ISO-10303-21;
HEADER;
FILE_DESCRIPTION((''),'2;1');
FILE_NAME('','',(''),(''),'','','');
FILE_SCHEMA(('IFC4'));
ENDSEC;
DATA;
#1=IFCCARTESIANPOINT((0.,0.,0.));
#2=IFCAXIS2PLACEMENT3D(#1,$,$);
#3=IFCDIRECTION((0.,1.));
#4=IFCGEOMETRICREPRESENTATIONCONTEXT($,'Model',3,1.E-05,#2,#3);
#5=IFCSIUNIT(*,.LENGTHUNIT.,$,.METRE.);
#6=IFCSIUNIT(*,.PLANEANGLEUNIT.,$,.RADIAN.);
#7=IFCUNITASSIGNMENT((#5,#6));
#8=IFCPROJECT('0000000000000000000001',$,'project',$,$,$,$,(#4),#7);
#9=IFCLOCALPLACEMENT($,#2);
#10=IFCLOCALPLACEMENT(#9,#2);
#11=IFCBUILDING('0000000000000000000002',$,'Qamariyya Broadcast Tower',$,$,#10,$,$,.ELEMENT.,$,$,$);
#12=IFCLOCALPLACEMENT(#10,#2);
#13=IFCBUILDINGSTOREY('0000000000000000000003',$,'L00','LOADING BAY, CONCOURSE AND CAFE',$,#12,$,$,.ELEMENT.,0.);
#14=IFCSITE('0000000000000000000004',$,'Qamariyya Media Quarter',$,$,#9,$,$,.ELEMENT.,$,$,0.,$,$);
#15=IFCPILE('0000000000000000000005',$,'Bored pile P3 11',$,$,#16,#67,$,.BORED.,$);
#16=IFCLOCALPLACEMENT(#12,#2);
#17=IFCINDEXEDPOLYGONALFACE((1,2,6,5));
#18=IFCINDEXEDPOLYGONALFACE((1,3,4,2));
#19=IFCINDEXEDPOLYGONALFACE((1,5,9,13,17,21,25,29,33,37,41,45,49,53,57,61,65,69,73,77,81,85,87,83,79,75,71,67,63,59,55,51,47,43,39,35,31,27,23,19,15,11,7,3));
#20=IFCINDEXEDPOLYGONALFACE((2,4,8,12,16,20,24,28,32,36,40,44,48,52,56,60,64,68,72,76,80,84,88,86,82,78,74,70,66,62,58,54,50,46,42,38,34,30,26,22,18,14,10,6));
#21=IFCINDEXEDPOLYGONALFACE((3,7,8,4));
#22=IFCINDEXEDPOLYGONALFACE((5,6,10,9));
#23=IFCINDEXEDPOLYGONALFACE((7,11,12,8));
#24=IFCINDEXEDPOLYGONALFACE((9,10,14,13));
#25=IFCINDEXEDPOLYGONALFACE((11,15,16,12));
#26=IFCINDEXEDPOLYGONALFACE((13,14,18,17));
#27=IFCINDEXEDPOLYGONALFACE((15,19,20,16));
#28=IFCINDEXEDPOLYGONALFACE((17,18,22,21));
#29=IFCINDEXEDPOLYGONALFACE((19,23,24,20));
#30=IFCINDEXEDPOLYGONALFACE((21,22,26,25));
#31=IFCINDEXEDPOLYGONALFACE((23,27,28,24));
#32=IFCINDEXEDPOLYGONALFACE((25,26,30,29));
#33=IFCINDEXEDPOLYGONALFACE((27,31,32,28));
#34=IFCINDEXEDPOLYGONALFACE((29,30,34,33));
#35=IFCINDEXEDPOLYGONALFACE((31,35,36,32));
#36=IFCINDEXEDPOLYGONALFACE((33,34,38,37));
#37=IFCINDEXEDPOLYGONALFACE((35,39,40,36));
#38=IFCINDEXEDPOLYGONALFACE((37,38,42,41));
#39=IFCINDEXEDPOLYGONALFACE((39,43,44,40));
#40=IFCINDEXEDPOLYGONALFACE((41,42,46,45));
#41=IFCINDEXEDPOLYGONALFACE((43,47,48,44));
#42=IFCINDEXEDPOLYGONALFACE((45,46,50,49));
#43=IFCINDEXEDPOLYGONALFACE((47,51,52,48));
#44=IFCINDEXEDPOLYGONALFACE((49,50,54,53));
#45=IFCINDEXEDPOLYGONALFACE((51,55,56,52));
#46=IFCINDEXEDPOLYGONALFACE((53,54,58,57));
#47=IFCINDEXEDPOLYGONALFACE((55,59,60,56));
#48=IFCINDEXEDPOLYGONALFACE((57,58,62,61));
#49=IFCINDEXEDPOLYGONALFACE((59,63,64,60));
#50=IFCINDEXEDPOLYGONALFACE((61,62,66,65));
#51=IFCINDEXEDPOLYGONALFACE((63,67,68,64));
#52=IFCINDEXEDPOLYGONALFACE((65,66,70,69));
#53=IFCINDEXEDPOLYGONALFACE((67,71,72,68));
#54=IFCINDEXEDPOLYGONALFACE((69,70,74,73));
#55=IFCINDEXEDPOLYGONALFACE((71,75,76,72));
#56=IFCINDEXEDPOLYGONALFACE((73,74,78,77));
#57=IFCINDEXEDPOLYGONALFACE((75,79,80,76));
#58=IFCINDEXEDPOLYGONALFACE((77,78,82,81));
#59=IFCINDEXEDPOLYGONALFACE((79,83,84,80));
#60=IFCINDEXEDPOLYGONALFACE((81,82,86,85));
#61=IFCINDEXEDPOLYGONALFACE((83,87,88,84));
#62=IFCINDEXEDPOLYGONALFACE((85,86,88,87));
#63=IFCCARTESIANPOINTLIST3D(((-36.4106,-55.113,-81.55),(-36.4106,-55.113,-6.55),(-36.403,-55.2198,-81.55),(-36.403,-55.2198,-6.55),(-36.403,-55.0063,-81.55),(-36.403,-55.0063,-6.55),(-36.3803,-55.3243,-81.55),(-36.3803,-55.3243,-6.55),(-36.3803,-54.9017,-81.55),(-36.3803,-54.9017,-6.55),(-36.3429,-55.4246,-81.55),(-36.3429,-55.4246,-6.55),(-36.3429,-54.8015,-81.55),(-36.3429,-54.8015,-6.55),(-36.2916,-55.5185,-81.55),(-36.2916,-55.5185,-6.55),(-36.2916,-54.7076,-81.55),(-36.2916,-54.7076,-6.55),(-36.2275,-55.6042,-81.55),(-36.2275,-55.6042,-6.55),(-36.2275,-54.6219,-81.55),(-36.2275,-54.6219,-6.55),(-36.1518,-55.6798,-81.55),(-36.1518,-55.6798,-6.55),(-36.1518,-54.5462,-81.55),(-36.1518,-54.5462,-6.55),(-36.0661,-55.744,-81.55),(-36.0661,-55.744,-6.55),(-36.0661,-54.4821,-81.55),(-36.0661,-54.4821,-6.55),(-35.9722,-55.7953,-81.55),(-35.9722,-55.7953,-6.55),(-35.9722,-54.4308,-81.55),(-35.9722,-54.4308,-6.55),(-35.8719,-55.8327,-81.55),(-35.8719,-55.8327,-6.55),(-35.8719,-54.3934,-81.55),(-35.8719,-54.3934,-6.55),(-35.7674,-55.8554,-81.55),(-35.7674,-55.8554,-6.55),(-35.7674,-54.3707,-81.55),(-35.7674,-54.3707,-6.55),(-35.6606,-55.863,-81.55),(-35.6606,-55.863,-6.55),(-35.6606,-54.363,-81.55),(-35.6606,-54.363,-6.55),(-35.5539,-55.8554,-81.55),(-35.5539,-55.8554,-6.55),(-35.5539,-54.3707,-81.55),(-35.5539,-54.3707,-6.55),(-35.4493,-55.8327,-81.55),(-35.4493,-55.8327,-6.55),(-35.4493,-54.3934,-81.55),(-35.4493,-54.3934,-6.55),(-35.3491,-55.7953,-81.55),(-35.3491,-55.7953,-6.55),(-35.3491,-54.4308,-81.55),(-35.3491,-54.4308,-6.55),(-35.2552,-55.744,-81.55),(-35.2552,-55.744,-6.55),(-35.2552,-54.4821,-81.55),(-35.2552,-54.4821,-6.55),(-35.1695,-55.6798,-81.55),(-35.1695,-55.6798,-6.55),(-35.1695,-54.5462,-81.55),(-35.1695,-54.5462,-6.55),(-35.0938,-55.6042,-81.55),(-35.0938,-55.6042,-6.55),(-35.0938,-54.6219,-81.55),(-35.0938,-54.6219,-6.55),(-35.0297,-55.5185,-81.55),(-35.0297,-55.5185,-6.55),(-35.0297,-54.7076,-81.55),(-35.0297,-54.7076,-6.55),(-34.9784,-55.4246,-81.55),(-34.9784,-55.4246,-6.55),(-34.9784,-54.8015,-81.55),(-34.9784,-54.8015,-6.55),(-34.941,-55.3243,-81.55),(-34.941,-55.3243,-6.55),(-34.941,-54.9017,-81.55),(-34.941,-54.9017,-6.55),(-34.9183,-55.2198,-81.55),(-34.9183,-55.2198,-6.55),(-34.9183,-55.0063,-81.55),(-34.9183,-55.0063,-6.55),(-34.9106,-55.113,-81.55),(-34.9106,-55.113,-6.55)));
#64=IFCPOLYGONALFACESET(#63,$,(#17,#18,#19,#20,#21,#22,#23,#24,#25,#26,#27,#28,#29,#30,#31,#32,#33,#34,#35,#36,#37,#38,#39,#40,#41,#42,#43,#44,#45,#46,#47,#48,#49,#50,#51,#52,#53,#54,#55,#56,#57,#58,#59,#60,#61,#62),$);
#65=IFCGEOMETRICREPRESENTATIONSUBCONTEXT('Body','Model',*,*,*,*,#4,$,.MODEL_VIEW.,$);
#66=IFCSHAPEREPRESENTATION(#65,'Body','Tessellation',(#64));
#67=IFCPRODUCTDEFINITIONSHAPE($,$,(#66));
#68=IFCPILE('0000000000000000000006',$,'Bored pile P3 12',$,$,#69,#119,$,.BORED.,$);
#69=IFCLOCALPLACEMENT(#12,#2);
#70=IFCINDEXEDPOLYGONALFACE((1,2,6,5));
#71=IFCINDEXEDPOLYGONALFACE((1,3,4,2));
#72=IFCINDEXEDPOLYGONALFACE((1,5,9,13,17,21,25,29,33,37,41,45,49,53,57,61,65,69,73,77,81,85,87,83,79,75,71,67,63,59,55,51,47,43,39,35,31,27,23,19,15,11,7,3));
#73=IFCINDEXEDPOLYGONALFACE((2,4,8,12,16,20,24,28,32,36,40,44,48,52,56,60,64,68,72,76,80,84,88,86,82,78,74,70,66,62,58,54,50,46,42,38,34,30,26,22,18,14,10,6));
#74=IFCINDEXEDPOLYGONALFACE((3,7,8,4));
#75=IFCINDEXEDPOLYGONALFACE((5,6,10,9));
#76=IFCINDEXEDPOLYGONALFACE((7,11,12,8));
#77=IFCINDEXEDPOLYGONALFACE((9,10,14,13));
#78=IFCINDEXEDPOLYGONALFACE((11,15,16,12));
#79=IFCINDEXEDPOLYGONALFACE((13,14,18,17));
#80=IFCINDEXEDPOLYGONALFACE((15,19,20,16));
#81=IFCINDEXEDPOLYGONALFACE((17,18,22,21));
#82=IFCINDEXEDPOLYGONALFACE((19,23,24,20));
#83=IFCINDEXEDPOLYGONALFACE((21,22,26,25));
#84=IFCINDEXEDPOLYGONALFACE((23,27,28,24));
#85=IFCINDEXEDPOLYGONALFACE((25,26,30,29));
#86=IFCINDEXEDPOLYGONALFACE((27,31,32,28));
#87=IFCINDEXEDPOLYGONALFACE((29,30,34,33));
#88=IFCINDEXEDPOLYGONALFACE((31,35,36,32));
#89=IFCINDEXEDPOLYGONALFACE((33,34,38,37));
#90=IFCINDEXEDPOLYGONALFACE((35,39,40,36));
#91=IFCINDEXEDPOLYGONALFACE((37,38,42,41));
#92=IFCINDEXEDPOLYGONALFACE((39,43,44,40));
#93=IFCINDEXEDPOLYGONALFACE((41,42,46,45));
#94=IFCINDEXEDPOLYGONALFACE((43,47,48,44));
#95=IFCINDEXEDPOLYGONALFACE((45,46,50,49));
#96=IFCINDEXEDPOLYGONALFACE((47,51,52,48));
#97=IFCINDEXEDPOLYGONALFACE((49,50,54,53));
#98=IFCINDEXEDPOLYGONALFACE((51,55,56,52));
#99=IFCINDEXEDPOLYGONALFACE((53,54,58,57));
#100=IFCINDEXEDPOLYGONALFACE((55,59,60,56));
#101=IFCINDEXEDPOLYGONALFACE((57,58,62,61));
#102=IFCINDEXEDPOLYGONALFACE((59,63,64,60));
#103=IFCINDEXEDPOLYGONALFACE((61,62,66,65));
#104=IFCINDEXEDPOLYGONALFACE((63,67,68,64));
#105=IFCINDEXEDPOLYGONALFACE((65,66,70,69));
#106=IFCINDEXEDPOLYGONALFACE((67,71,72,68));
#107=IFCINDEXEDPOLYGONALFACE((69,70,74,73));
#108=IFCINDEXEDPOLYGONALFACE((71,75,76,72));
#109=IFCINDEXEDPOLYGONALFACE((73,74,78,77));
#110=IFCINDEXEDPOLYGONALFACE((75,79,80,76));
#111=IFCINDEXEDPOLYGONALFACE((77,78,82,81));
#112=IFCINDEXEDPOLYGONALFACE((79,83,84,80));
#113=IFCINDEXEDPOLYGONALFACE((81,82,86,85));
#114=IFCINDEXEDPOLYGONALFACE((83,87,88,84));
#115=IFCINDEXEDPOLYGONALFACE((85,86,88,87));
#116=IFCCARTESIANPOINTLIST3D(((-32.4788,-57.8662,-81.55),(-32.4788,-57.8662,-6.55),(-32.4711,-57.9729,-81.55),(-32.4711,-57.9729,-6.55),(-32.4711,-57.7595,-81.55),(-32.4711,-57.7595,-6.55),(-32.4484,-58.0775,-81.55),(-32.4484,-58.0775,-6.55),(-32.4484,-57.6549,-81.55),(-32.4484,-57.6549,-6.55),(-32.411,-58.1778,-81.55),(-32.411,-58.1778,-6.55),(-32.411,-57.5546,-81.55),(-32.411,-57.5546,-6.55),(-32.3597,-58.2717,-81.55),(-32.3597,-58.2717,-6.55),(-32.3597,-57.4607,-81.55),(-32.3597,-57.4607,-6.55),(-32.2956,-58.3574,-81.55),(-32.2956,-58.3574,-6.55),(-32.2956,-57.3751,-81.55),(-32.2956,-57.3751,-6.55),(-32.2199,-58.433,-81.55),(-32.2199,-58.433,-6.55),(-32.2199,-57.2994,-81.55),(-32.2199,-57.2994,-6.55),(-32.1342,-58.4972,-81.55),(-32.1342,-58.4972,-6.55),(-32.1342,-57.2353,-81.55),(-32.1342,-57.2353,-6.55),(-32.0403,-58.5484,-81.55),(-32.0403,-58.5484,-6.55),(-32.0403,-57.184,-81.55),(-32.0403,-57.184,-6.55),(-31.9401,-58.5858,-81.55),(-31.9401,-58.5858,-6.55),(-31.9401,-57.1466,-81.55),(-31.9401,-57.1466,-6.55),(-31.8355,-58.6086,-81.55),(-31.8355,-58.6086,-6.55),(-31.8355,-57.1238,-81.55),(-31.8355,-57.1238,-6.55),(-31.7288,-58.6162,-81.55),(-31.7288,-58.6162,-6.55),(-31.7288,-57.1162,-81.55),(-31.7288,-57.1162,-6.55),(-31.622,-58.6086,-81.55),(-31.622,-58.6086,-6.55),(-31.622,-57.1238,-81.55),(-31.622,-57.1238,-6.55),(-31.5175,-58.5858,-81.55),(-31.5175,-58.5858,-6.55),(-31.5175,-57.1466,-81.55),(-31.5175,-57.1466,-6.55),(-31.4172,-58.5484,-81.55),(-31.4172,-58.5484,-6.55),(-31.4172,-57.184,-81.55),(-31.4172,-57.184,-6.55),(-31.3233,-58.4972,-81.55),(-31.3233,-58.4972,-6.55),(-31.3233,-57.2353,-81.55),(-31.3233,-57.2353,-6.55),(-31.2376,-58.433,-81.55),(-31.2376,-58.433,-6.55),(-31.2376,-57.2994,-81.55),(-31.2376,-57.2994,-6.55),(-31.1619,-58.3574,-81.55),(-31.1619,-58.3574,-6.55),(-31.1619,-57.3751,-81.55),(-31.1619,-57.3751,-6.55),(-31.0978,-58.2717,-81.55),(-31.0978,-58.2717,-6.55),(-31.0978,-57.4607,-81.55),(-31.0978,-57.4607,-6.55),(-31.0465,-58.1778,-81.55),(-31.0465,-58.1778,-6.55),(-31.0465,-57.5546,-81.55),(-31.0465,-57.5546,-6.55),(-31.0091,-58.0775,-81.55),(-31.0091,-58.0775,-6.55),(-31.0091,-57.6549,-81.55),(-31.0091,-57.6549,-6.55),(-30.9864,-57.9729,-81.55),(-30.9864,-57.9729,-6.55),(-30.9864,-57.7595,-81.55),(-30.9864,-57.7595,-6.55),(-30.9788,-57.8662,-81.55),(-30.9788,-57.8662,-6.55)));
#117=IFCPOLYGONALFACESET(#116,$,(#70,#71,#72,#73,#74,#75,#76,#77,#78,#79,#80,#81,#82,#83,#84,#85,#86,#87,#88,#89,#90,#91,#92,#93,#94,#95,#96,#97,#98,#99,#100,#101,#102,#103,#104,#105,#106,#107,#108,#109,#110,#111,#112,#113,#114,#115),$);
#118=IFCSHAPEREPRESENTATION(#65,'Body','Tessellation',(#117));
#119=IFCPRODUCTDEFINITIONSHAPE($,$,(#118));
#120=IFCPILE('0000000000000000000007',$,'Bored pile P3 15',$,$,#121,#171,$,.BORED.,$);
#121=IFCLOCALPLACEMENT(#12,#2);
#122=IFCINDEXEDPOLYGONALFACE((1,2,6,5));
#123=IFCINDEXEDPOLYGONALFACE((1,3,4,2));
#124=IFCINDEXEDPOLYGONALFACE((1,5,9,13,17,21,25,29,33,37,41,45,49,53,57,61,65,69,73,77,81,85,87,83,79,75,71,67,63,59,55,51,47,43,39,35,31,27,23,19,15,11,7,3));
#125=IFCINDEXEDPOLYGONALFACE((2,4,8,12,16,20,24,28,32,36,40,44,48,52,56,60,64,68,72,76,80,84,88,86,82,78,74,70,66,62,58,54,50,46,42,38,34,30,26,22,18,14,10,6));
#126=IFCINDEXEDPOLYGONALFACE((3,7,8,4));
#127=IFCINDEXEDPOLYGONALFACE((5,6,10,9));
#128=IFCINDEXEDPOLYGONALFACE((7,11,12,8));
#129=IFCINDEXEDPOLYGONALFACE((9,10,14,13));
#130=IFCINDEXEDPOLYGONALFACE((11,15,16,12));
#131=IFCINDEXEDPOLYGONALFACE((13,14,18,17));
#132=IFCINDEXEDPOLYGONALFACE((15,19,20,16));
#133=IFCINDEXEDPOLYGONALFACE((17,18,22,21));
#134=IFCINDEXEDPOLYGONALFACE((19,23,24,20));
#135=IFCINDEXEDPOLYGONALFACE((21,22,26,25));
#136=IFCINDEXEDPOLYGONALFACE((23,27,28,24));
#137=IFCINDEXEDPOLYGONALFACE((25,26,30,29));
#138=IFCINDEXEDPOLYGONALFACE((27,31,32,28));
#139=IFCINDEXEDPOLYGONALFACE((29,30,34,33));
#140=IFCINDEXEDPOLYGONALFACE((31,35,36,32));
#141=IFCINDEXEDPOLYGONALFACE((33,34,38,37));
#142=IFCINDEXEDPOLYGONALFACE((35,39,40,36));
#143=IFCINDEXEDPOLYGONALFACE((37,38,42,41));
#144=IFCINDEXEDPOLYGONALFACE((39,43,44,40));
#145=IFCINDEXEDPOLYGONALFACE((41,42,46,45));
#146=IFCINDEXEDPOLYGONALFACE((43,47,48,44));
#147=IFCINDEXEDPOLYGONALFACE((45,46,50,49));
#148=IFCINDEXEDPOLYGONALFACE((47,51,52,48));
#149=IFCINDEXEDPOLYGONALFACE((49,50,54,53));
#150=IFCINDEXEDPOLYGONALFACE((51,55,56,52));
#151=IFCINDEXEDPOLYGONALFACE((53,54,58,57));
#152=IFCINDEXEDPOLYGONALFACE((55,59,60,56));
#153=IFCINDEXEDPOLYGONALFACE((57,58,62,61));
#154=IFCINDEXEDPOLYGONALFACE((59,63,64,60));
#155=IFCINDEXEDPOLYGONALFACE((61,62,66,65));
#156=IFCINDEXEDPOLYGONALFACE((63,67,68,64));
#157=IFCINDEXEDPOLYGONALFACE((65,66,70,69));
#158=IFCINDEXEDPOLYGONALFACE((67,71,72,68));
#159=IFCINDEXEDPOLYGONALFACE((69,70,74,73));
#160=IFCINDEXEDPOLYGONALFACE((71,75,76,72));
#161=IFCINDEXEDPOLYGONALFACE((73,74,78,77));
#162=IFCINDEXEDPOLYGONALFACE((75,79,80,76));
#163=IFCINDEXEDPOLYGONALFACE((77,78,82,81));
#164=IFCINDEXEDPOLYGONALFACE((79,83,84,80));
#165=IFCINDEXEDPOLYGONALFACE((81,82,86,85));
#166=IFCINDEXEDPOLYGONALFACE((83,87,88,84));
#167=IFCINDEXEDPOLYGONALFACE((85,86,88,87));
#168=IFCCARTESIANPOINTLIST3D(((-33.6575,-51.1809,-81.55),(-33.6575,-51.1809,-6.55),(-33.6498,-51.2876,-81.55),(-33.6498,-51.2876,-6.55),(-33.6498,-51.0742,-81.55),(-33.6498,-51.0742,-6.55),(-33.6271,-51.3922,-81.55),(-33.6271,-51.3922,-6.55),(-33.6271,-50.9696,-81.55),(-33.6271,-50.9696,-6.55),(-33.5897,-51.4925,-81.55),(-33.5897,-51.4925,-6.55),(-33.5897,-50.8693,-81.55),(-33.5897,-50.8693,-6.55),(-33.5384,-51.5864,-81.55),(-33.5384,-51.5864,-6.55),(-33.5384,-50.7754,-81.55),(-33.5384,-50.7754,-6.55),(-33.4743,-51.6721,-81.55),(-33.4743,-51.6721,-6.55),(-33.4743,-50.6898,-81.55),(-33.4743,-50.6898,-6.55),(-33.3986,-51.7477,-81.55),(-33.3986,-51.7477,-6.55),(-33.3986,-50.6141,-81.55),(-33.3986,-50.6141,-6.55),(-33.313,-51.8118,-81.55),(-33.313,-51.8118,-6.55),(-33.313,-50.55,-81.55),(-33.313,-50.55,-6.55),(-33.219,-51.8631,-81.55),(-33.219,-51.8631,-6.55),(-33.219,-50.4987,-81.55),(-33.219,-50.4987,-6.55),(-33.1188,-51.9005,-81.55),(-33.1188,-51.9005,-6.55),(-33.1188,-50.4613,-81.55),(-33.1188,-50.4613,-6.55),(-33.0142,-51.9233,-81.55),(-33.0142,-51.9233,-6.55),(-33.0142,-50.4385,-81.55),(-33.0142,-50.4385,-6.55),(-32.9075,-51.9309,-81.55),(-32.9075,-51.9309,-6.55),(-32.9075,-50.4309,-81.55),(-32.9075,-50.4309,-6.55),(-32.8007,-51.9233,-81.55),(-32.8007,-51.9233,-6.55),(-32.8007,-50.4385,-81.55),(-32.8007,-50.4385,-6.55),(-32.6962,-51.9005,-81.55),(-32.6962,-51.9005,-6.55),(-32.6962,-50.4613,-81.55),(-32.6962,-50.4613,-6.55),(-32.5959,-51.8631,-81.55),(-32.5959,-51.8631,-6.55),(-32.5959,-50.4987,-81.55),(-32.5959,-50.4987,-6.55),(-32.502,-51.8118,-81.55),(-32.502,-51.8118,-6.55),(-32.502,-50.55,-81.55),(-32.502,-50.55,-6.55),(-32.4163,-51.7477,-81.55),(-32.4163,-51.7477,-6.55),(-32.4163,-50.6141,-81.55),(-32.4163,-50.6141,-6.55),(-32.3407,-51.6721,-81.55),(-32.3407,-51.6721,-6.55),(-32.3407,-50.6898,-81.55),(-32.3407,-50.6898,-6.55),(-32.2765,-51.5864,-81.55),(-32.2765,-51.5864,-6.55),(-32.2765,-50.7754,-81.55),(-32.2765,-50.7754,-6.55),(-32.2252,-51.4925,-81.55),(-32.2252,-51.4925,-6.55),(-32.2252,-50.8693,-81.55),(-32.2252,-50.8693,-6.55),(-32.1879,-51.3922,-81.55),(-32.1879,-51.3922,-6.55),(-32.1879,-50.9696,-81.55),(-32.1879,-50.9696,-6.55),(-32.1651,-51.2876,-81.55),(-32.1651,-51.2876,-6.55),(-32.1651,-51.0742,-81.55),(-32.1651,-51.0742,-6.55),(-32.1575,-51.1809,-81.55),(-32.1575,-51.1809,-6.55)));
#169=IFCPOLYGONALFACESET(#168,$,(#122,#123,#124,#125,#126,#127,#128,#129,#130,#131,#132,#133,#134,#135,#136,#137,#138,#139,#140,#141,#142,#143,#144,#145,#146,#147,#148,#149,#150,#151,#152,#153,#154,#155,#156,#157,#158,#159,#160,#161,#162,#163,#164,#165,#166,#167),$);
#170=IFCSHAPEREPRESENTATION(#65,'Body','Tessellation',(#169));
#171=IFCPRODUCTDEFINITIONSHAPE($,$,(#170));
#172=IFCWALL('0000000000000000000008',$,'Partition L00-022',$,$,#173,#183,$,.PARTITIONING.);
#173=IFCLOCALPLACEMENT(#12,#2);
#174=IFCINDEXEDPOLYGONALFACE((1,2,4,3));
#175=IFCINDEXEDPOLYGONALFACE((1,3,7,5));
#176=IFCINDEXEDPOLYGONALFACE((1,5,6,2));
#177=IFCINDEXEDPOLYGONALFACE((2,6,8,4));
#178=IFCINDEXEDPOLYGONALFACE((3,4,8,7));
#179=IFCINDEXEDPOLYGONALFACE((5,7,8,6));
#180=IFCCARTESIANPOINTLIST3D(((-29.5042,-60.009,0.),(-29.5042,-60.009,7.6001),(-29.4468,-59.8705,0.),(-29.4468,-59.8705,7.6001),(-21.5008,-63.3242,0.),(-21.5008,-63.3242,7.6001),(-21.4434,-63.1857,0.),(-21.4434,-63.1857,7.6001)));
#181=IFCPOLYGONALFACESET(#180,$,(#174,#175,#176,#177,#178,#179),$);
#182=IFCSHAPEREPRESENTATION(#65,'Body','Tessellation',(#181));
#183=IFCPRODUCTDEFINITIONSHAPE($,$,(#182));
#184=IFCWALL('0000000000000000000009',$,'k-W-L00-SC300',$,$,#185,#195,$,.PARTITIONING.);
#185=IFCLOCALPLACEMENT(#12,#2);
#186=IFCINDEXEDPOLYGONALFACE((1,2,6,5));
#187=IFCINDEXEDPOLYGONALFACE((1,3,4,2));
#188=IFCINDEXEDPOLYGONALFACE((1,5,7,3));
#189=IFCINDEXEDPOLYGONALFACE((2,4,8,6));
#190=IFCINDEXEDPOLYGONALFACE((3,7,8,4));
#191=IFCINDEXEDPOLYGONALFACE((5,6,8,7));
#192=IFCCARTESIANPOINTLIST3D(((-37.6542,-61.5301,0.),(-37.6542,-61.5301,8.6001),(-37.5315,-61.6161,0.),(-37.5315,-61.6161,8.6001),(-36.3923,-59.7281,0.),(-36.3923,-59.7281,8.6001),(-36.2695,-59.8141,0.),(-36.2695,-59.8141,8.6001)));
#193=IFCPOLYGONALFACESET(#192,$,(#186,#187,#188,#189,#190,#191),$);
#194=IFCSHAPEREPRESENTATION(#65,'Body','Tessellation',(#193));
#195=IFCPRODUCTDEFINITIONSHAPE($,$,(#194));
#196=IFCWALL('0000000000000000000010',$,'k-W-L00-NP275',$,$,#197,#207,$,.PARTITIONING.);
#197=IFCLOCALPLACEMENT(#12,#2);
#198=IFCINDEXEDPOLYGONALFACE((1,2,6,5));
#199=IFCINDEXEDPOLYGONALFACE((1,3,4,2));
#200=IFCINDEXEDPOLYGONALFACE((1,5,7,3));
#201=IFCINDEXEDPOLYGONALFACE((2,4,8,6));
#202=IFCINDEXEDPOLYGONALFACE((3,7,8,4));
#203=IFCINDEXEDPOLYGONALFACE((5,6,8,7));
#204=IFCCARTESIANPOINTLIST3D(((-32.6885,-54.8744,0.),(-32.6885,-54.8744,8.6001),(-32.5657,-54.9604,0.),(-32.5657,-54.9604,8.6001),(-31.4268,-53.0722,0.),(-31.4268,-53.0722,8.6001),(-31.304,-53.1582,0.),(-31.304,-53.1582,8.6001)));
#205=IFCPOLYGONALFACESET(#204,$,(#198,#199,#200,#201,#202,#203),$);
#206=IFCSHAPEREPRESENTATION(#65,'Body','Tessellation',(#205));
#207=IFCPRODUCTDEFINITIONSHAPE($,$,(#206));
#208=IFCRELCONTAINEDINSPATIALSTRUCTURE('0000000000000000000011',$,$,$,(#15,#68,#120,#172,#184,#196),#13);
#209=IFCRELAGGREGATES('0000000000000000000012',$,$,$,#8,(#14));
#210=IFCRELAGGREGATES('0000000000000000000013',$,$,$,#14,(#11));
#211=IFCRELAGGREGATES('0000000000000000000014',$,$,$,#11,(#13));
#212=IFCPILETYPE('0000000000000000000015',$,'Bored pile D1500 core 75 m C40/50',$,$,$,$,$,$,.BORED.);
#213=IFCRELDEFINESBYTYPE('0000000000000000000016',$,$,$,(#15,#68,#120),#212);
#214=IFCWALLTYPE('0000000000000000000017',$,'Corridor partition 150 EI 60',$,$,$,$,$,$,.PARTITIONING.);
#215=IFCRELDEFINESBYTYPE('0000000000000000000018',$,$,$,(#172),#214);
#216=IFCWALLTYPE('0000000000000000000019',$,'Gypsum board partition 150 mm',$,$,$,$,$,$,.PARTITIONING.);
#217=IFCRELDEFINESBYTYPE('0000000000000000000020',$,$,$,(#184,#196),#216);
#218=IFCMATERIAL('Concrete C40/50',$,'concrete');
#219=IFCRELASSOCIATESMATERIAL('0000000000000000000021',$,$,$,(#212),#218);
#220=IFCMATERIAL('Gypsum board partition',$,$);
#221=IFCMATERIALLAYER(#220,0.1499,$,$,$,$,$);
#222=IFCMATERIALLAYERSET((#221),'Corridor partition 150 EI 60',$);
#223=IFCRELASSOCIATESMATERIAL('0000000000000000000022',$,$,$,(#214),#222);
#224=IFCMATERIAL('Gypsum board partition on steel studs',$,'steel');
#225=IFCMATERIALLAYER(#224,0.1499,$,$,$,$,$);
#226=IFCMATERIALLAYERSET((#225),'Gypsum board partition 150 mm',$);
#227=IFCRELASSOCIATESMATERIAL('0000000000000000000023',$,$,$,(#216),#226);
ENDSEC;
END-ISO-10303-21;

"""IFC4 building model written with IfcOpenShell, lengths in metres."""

from ifc_helpers import new_model, si_unit, direction, frame, frame_2d, origin, origin_2d, place, context, subcontext, project, spatial, rectangle, circle, extrude, material, layer, layer_set, material_profile, profile_set, type_object, element, save


model = new_model("IFC4")

# Units and contexts
model_context = context("Model", 3, precision=1e-05, world=origin(), true_north=direction((0.0, 1.0)))
body_context = subcontext(model_context, "Body", "Model", "MODEL_VIEW")
ifc_project = project(units=[si_unit("LENGTHUNIT", "METRE"), si_unit("PLANEANGLEUNIT", "RADIAN")], contexts=[model_context])

# Site, building, storey
site_placement = place(None, origin())
site = spatial("IfcSite", under=ifc_project, at=site_placement, Name="Qamariyya Media Quarter", CompositionType="ELEMENT", RefElevation=0.0)
building_placement = place(site_placement, origin())
building = spatial("IfcBuilding", under=site, at=building_placement, Name="Qamariyya Broadcast Tower", CompositionType="ELEMENT")
storey_placement = place(building_placement, origin())
storey = spatial("IfcBuildingStorey", under=building, at=storey_placement, Name="L00", Description="LOADING BAY, CONCOURSE AND CAFE", CompositionType="ELEMENT", Elevation=0.0)

# Piles
ifc_material_1 = material(Name="Concrete C40/50", Category="concrete")
ifc_material_profile = material_profile(ifc_material_1, circle(Radius=0.75, at=origin_2d()))
ifc_profile_set = profile_set([ifc_material_profile], Name="Concrete C40/50")
pile_type = type_object("IfcPileType", Name="Bored pile D1500 core 75 m C40/50", PredefinedType="BORED", material=ifc_profile_set)
for number, where, z_axis, x_axis, name in (
    (1, (-35.6606, -55.113, -6.55), (0.0, 0.0, -1.0), (1.0, 0.0, 0.0), "Bored pile P3 11"),
    (2, (-31.7288, -57.8662, -6.55), (0.0, 0.0, -1.0), (1.0, 0.0, 0.0), "Bored pile P3 12"),
    (3, (-32.9075, -51.1809, -6.55), (0.0, 0.0, -1.0), (1.0, 0.0, 0.0), "Bored pile P3 15"),
):
    element("IfcPile", number, at=place(storey_placement, frame(where, z_axis=z_axis, x_axis=x_axis)), inside=storey, type_object=pile_type, Name=name, PredefinedType="BORED", context=body_context, shape_type="SweptSolid", body=[
        extrude(circle(Radius=0.75, at=origin_2d()), origin(), (0.0, 0.0, 1.0), 75.0),
    ])

# Walls
ifc_material_2 = material(Name="Gypsum board partition")
ifc_layer_1 = layer(ifc_material_2, 0.1499)
ifc_layer_set_1 = layer_set([ifc_layer_1], Name="Corridor partition 150 EI 60")
wall_type_1 = type_object("IfcWallType", Name="Corridor partition 150 EI 60", PredefinedType="PARTITIONING", material=ifc_layer_set_1)
wall_1_placement = place(storey_placement, frame((-29.4756, -59.9397, 0.0), z_axis=(0.0, 0.0, 1.0), x_axis=(0.923877, -0.382689, 0.0)))
element("IfcWall", 4, at=wall_1_placement, inside=storey, type_object=wall_type_1, Name="Partition L00-022", PredefinedType="PARTITIONING", context=body_context, shape_type="SweptSolid", body=[
    extrude(rectangle(XDim=8.6628, YDim=0.1499, at=frame_2d((4.3315, 0.0))), origin(), (0.0, 0.0, 1.0), 7.6001),
])
ifc_material_3 = material(Name="Gypsum board partition on steel studs", Category="steel")
ifc_layer_2 = layer(ifc_material_3, 0.1499)
ifc_layer_set_2 = layer_set([ifc_layer_2], Name="Gypsum board partition 150 mm")
wall_type_2 = type_object("IfcWallType", Name="Gypsum board partition 150 mm", PredefinedType="PARTITIONING", material=ifc_layer_set_2)
for number, where, z_axis, x_axis, name in (
    (5, (-36.3308, -59.771, 0.0), (0.0, 0.0, 1.0), (-0.573634, -0.819112, 0.0), "k-W-L00-SC300"),
    (6, (-32.6272, -54.9175, 0.0), (0.0, 0.0, 1.0), (0.573507, 0.819201, 0.0), "k-W-L00-NP275"),
):
    element("IfcWall", number, at=place(storey_placement, frame(where, z_axis=z_axis, x_axis=x_axis)), inside=storey, type_object=wall_type_2, Name=name, PredefinedType="PARTITIONING", context=body_context, shape_type="SweptSolid", body=[
        extrude(rectangle(XDim=2.2, YDim=0.1499, at=frame_2d((1.1001, 0.0))), origin(), (0.0, 0.0, 1.0), 8.6001),
    ])

save(model, "model.ifc")
